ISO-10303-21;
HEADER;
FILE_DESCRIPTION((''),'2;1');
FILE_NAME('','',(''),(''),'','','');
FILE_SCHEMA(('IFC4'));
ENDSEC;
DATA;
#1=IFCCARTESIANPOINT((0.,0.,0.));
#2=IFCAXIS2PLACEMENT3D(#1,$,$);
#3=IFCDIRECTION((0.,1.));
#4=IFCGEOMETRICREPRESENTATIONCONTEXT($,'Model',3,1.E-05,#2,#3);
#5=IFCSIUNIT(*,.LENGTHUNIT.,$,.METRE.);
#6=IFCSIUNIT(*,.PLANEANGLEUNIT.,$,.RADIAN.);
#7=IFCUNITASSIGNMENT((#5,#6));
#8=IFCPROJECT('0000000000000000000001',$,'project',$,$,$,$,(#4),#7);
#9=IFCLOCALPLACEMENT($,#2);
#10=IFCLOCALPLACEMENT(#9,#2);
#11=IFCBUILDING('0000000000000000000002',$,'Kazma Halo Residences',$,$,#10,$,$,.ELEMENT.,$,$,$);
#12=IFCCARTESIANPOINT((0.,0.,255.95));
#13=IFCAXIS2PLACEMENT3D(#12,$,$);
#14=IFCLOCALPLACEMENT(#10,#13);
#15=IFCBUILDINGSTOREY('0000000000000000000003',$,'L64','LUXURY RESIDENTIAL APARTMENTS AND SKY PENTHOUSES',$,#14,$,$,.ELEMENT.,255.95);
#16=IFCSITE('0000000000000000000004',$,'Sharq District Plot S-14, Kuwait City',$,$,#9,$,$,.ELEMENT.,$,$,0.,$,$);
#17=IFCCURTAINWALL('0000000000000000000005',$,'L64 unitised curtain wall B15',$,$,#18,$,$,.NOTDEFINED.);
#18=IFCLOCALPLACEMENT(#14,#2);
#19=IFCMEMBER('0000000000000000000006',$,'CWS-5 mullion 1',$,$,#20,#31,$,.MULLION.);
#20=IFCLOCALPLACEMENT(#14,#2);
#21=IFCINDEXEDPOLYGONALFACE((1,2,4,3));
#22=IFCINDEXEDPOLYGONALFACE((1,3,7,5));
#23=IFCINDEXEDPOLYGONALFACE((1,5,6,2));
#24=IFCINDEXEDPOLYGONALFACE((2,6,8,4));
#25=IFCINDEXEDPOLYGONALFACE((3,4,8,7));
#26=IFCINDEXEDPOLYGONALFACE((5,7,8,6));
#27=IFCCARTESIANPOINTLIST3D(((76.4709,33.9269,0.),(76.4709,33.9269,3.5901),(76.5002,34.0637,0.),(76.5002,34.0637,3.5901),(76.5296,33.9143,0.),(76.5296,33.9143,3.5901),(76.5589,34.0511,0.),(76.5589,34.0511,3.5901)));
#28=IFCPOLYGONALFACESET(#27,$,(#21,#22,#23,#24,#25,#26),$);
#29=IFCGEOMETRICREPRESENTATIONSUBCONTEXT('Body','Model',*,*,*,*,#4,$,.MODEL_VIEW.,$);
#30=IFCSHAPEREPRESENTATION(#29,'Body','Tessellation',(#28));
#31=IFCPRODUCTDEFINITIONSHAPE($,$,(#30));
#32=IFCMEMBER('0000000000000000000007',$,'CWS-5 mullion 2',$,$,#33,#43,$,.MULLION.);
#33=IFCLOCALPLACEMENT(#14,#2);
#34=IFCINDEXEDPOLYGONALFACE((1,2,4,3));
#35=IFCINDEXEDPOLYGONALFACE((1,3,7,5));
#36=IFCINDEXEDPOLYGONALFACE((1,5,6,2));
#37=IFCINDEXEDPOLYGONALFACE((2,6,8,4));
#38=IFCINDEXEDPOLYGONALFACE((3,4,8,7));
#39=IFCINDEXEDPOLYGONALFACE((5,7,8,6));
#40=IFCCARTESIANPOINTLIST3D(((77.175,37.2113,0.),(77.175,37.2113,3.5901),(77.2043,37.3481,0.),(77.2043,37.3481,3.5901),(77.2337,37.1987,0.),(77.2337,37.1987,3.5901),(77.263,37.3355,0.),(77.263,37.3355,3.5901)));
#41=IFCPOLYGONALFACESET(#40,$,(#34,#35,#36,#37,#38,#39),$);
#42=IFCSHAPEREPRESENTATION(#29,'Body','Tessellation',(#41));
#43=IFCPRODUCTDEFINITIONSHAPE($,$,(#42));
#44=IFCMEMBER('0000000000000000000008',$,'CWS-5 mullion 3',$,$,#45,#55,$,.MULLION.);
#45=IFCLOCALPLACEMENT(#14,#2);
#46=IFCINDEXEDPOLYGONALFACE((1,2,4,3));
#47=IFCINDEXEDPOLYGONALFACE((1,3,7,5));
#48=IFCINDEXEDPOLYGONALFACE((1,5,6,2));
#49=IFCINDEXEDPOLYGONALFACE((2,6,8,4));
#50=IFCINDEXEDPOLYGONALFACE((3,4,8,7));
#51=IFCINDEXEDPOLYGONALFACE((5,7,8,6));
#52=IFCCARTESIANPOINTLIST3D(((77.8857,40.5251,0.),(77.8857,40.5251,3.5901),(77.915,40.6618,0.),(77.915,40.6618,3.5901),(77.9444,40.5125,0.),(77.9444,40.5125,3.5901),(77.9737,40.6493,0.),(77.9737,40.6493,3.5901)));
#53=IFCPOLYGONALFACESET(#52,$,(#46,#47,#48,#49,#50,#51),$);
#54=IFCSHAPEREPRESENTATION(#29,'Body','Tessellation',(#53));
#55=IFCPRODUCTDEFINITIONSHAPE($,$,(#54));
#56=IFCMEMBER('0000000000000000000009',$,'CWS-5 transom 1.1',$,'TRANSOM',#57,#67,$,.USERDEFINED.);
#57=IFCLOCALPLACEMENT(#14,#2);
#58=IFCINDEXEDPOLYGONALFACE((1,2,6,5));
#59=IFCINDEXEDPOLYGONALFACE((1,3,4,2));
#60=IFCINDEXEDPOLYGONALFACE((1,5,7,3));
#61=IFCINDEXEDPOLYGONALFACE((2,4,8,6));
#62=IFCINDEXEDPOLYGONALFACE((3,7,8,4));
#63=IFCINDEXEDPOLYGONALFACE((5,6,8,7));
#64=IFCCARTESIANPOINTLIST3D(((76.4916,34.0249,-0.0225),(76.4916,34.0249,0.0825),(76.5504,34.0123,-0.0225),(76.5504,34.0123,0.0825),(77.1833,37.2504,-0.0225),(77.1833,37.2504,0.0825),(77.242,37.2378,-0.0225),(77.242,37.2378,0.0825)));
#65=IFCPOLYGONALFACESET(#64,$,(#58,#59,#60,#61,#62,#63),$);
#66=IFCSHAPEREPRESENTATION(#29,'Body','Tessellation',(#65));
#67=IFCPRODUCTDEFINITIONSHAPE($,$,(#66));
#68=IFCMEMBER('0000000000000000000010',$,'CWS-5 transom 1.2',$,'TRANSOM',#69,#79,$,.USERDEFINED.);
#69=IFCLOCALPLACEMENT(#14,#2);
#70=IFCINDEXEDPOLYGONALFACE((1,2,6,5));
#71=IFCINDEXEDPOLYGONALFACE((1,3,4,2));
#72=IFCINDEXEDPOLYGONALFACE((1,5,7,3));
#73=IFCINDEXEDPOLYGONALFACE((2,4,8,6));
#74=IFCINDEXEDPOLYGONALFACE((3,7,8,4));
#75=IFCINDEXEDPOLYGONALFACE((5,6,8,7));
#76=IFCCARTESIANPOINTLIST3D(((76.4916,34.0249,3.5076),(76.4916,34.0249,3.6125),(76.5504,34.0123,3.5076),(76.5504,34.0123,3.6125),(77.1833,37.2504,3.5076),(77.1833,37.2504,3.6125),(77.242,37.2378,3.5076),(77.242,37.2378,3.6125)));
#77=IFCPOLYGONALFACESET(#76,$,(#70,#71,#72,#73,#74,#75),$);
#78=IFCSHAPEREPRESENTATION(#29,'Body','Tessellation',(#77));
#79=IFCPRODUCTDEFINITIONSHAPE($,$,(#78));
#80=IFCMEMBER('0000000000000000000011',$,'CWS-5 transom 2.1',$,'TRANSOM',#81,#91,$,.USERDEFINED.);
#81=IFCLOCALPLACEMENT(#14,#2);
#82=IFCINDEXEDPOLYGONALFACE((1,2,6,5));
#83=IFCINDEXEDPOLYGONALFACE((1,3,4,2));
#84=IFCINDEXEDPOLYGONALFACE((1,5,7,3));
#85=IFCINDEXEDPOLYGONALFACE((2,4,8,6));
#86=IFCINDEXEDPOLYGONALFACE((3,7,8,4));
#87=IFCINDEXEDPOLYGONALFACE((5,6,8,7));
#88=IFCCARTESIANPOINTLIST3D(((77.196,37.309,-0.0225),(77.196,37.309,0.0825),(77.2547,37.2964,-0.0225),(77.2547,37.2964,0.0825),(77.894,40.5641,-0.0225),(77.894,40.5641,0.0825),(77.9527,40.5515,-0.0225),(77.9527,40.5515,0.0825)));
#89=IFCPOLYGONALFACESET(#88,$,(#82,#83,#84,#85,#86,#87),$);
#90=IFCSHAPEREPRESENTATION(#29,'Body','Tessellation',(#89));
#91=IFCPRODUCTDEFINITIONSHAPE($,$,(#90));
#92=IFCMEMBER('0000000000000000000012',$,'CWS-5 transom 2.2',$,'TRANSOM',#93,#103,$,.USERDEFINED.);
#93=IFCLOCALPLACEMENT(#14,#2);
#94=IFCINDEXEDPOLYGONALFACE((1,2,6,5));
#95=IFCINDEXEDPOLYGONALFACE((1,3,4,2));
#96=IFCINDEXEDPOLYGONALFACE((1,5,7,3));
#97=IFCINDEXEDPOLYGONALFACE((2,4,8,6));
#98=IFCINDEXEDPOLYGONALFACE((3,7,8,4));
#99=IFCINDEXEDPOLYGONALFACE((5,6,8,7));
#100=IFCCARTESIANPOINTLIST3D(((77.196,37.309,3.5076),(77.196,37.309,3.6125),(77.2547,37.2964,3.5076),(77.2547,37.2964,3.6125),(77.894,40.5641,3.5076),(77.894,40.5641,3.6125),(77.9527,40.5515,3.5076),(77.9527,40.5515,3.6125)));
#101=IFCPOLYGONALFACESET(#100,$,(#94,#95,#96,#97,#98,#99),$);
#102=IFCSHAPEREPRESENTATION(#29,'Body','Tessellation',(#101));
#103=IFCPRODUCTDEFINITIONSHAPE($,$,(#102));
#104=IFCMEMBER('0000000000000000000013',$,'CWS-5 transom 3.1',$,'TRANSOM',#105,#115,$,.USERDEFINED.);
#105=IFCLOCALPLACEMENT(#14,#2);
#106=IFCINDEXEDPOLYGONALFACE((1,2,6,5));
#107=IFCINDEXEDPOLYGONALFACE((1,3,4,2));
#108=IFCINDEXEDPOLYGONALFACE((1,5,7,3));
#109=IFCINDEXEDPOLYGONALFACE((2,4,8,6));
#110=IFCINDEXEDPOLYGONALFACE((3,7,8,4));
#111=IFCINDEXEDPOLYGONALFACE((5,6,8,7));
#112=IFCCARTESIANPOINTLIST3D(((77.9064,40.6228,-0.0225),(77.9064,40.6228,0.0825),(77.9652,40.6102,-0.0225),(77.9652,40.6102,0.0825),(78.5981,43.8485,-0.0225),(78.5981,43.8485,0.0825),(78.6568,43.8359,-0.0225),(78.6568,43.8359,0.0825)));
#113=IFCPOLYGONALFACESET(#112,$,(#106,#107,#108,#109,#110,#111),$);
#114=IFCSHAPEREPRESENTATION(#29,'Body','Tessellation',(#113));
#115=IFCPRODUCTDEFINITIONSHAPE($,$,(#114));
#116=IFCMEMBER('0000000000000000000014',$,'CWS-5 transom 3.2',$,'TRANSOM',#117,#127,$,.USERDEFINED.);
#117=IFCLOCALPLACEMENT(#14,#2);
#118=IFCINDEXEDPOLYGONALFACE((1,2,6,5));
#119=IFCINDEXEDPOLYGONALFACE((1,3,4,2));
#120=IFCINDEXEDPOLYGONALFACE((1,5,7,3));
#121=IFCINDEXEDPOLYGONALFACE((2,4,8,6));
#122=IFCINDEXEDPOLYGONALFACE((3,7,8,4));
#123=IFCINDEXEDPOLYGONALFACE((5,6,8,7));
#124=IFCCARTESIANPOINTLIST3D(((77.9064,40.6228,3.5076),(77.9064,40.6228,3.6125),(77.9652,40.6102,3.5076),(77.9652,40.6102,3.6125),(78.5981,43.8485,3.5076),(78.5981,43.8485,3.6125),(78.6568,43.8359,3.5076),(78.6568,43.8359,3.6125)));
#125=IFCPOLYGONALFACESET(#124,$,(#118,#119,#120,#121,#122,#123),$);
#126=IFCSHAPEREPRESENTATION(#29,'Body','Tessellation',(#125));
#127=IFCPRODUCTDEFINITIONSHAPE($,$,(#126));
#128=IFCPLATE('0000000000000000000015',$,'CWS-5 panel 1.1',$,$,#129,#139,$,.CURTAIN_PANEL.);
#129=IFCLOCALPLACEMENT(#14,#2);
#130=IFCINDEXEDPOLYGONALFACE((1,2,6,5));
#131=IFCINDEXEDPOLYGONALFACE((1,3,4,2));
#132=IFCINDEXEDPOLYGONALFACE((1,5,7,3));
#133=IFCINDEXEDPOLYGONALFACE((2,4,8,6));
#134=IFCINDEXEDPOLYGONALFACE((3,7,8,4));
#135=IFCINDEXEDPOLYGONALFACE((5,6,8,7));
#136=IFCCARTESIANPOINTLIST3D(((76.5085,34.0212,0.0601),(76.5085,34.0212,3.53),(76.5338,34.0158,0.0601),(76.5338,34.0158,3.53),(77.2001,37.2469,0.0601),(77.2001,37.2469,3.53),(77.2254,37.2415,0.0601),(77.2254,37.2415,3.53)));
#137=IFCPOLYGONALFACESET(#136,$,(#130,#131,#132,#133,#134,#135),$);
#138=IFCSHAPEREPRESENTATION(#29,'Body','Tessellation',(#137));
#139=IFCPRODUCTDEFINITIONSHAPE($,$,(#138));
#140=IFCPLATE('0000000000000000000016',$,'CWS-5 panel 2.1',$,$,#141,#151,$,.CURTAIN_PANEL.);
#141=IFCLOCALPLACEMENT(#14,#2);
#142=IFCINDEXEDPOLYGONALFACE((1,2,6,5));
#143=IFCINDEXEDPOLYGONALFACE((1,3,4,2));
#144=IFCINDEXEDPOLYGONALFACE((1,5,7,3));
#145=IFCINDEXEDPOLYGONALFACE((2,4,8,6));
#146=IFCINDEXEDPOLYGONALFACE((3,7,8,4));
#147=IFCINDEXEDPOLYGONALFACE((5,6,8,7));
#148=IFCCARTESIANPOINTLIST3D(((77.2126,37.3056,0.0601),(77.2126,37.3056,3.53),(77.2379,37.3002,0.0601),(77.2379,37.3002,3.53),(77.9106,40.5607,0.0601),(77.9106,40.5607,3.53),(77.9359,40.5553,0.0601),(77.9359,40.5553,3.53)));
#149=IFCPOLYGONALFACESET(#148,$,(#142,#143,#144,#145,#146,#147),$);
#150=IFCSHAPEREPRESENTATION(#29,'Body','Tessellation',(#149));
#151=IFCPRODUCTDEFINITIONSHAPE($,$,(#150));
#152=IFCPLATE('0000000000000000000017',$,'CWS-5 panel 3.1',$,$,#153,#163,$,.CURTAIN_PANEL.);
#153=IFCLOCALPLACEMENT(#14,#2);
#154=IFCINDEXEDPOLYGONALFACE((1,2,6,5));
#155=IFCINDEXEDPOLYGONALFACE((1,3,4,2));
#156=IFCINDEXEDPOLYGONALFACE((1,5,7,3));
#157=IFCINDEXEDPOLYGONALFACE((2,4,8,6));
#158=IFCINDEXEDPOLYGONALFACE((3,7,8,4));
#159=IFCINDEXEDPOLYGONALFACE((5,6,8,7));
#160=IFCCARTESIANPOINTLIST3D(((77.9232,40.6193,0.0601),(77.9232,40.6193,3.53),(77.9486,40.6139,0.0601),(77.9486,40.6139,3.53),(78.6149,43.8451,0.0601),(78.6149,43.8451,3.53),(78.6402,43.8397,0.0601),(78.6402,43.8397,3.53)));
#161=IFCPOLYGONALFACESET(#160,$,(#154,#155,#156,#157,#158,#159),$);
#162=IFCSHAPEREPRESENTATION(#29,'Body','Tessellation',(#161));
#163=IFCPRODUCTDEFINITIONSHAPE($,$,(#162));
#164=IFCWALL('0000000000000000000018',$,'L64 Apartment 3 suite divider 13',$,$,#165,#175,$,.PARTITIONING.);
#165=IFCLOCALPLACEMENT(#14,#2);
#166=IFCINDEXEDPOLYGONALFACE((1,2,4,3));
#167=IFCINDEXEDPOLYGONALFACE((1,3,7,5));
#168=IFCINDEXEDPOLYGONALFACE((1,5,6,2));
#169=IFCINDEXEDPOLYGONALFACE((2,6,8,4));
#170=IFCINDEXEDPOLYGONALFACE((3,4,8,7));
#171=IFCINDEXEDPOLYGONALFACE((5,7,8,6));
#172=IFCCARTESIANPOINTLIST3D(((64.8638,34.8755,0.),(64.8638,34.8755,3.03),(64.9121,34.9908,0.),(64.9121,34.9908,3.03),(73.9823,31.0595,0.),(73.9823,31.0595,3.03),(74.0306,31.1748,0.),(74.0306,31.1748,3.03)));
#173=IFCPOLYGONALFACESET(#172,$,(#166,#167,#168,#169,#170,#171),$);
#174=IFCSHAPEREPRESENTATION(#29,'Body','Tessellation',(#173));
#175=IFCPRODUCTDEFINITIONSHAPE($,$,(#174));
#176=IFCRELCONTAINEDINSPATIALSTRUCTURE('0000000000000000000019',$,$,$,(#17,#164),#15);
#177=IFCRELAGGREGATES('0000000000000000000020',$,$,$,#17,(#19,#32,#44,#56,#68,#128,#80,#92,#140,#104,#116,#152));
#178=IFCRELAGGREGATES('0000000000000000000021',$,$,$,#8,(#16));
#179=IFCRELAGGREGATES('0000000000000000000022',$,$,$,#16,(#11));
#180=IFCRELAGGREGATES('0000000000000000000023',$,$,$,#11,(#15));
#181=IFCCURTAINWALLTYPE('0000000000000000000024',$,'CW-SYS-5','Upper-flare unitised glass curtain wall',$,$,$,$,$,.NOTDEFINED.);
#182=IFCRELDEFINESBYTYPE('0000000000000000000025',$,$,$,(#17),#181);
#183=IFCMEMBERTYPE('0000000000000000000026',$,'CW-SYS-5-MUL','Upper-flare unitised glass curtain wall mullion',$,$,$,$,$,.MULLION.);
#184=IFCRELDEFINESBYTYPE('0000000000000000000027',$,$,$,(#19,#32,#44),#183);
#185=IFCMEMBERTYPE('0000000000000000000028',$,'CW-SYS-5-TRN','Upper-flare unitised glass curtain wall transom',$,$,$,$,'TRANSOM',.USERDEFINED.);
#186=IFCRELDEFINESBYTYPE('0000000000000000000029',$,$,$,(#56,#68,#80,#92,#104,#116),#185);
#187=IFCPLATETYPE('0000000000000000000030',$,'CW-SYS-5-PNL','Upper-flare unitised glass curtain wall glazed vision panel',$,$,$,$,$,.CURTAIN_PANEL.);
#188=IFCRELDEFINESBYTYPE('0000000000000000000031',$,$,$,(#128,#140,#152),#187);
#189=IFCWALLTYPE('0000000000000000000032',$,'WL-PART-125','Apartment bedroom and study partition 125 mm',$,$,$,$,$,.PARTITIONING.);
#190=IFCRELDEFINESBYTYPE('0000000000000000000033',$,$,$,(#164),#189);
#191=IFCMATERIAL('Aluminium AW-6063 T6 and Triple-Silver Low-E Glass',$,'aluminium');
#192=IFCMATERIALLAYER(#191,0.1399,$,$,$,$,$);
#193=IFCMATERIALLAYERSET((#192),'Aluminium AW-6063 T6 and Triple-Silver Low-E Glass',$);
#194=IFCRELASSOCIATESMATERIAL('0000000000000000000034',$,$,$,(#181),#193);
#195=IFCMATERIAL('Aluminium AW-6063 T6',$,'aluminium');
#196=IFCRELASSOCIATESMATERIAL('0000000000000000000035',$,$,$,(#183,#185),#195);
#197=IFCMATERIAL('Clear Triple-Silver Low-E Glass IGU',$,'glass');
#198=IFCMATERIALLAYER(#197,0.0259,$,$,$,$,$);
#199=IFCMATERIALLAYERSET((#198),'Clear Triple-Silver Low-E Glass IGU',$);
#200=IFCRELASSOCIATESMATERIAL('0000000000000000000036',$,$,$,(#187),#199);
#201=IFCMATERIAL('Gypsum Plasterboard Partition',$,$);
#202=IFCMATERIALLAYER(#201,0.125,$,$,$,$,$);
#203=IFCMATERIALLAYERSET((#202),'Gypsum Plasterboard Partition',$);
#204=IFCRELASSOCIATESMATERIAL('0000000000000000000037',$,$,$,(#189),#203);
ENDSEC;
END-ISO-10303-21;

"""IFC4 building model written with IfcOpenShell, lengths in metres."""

from ifc_helpers import new_model, si_unit, direction, frame, frame_2d, origin, origin_2d, place, context, subcontext, project, spatial, rectangle, extrude, material, layer, layer_set, material_profile, profile_set, type_object, element, aggregate, save


model = new_model("IFC4")

# Units and contexts
model_context = context("Model", 3, precision=1e-05, world=origin(), true_north=direction((0.0, 1.0)))
body_context = subcontext(model_context, "Body", "Model", "MODEL_VIEW")
ifc_project = project(units=[si_unit("LENGTHUNIT", "METRE"), si_unit("PLANEANGLEUNIT", "RADIAN")], contexts=[model_context])

# Site, building, storey
site_placement = place(None, origin())
site = spatial("IfcSite", under=ifc_project, at=site_placement, Name="Sharq District Plot S-14, Kuwait City", CompositionType="ELEMENT", RefElevation=0.0)
building_placement = place(site_placement, origin())
building = spatial("IfcBuilding", under=site, at=building_placement, Name="Kazma Halo Residences", CompositionType="ELEMENT")
storey_placement = place(building_placement, frame((0.0, 0.0, 255.95)))
storey = spatial("IfcBuildingStorey", under=building, at=storey_placement, Name="L64", Description="LUXURY RESIDENTIAL APARTMENTS AND SKY PENTHOUSES", CompositionType="ELEMENT", Elevation=255.95)

# Curtain wall, members, plates
ifc_material_1 = material(Name="Aluminium AW-6063 T6 and Triple-Silver Low-E Glass", Category="aluminium")
ifc_layer_1 = layer(ifc_material_1, 0.1399)
ifc_layer_set_1 = layer_set([ifc_layer_1], Name="Aluminium AW-6063 T6 and Triple-Silver Low-E Glass")
curtain_wall_type = type_object("IfcCurtainWallType", Name="CW-SYS-5", Description="Upper-flare unitised glass curtain wall", PredefinedType="NOTDEFINED", material=ifc_layer_set_1)
curtain_wall_placement = place(storey_placement, origin())
curtain_wall = element("IfcCurtainWall", 1, at=curtain_wall_placement, inside=storey, type_object=curtain_wall_type, Name="L64 unitised curtain wall B15", PredefinedType="NOTDEFINED")
ifc_material_2 = material(Name="Aluminium AW-6063 T6", Category="aluminium")
ifc_material_profile_1 = material_profile(ifc_material_2, rectangle(XDim=0.0601, YDim=0.1399, at=origin_2d()), Name="CWM-60x140")
ifc_profile_set_1 = profile_set([ifc_material_profile_1], Name="Aluminium AW-6063 T6")
member_type_1 = type_object("IfcMemberType", Name="CW-SYS-5-MUL", Description="Upper-flare unitised glass curtain wall mullion", PredefinedType="MULLION", material=ifc_profile_set_1)
member_1_placement = place(storey_placement, frame((76.5149, 33.989, 0.0), z_axis=(0.0, 0.0, 1.0), x_axis=(-0.977775, 0.209657, 0.0)))
member_1 = element("IfcMember", 2, at=member_1_placement, type_object=member_type_1, Name="CWS-5 mullion 1", PredefinedType="MULLION", context=body_context, shape_type="SweptSolid", body=[
    extrude(rectangle(XDim=0.0601, YDim=0.1399, at=origin_2d()), origin(), (0.0, 0.0, 1.0), 3.5901),
])
member_2_placement = place(storey_placement, frame((77.219, 37.2734, 0.0), z_axis=(0.0, 0.0, 1.0), x_axis=(-0.977775, 0.209657, 0.0)))
member_2 = element("IfcMember", 3, at=member_2_placement, type_object=member_type_1, Name="CWS-5 mullion 2", PredefinedType="MULLION", context=body_context, shape_type="SweptSolid", body=[
    extrude(rectangle(XDim=0.0601, YDim=0.1399, at=origin_2d()), origin(), (0.0, 0.0, 1.0), 3.5901),
])
member_3_placement = place(storey_placement, frame((77.9297, 40.5872, 0.0), z_axis=(0.0, 0.0, 1.0), x_axis=(-0.977775, 0.209657, 0.0)))
member_3 = element("IfcMember", 4, at=member_3_placement, type_object=member_type_1, Name="CWS-5 mullion 3", PredefinedType="MULLION", context=body_context, shape_type="SweptSolid", body=[
    extrude(rectangle(XDim=0.0601, YDim=0.1399, at=origin_2d()), origin(), (0.0, 0.0, 1.0), 3.5901),
])
ifc_material_profile_2 = material_profile(ifc_material_2, rectangle(XDim=0.0601, YDim=0.105, at=origin_2d()), Name="CWT-60x105")
ifc_profile_set_2 = profile_set([ifc_material_profile_2], Name="Aluminium AW-6063 T6")
member_type_2 = type_object("IfcMemberType", Name="CW-SYS-5-TRN", Description="Upper-flare unitised glass curtain wall transom", ElementType="TRANSOM", PredefinedType="USERDEFINED", material=ifc_profile_set_2)
member_4_placement = place(storey_placement, frame((76.521, 34.0186, 0.03), z_axis=(0.20966, 0.977774, 0.0), x_axis=(-0.977774, 0.20966, 0.0)))
member_4 = element("IfcMember", 5, at=member_4_placement, type_object=member_type_2, Name="CWS-5 transom 1.1", ObjectType="TRANSOM", PredefinedType="USERDEFINED", context=body_context, shape_type="SweptSolid", body=[
    extrude(rectangle(XDim=0.0601, YDim=0.105, at=origin_2d()), origin(), (0.0, 0.0, 1.0), 3.2988),
])
member_5_placement = place(storey_placement, frame((76.521, 34.0186, 3.5601), z_axis=(0.20966, 0.977774, 0.0), x_axis=(-0.977774, 0.20966, 0.0)))
member_5 = element("IfcMember", 6, at=member_5_placement, type_object=member_type_2, Name="CWS-5 transom 1.2", ObjectType="TRANSOM", PredefinedType="USERDEFINED", context=body_context, shape_type="SweptSolid", body=[
    extrude(rectangle(XDim=0.0601, YDim=0.105, at=origin_2d()), origin(), (0.0, 0.0, 1.0), 3.2988),
])
member_6_placement = place(storey_placement, frame((77.2253, 37.3027, 0.03), z_axis=(0.209664, 0.977773, 0.0), x_axis=(-0.977773, 0.209664, 0.0)))
member_6 = element("IfcMember", 7, at=member_6_placement, type_object=member_type_2, Name="CWS-5 transom 2.1", ObjectType="TRANSOM", PredefinedType="USERDEFINED", context=body_context, shape_type="SweptSolid", body=[
    extrude(rectangle(XDim=0.0601, YDim=0.105, at=origin_2d()), origin(), (0.0, 0.0, 1.0), 3.3291),
])
member_7_placement = place(storey_placement, frame((77.2253, 37.3027, 3.5601), z_axis=(0.209664, 0.977773, 0.0), x_axis=(-0.977773, 0.209664, 0.0)))
member_7 = element("IfcMember", 8, at=member_7_placement, type_object=member_type_2, Name="CWS-5 transom 2.2", ObjectType="TRANSOM", PredefinedType="USERDEFINED", context=body_context, shape_type="SweptSolid", body=[
    extrude(rectangle(XDim=0.0601, YDim=0.105, at=origin_2d()), origin(), (0.0, 0.0, 1.0), 3.3291),
])
member_8_placement = place(storey_placement, frame((77.9358, 40.6165, 0.03), z_axis=(0.209645, 0.977777, 0.0), x_axis=(-0.977777, 0.209645, 0.0)))
member_8 = element("IfcMember", 9, at=member_8_placement, type_object=member_type_2, Name="CWS-5 transom 3.1", ObjectType="TRANSOM", PredefinedType="USERDEFINED", context=body_context, shape_type="SweptSolid", body=[
    extrude(rectangle(XDim=0.0601, YDim=0.105, at=origin_2d()), origin(), (0.0, 0.0, 1.0), 3.2991),
])
member_9_placement = place(storey_placement, frame((77.9358, 40.6165, 3.5601), z_axis=(0.209645, 0.977777, 0.0), x_axis=(-0.977777, 0.209645, 0.0)))
member_9 = element("IfcMember", 10, at=member_9_placement, type_object=member_type_2, Name="CWS-5 transom 3.2", ObjectType="TRANSOM", PredefinedType="USERDEFINED", context=body_context, shape_type="SweptSolid", body=[
    extrude(rectangle(XDim=0.0601, YDim=0.105, at=origin_2d()), origin(), (0.0, 0.0, 1.0), 3.2991),
])
ifc_material_3 = material(Name="Clear Triple-Silver Low-E Glass IGU", Category="glass")
ifc_layer_2 = layer(ifc_material_3, 0.0259)
ifc_layer_set_2 = layer_set([ifc_layer_2], Name="Clear Triple-Silver Low-E Glass IGU")
plate_type = type_object("IfcPlateType", Name="CW-SYS-5-PNL", Description="Upper-flare unitised glass curtain wall glazed vision panel", PredefinedType="CURTAIN_PANEL", material=ifc_layer_set_2)
plate_1_placement = place(storey_placement, frame((76.8669, 35.6313, 0.0601), z_axis=(0.0, 0.0, 1.0), x_axis=(0.209657, 0.977775, 0.0)))
plate_1 = element("IfcPlate", 11, at=plate_1_placement, type_object=plate_type, Name="CWS-5 panel 1.1", PredefinedType="CURTAIN_PANEL", context=body_context, shape_type="SweptSolid", body=[
    extrude(rectangle(XDim=3.2991, YDim=0.0259, at=origin_2d()), origin(), (0.0, 0.0, 1.0), 3.47),
])
plate_2_placement = place(storey_placement, frame((77.5742, 38.9304, 0.0601), z_axis=(0.0, 0.0, 1.0), x_axis=(0.209657, 0.977775, 0.0)))
plate_2 = element("IfcPlate", 12, at=plate_2_placement, type_object=plate_type, Name="CWS-5 panel 2.1", PredefinedType="CURTAIN_PANEL", context=body_context, shape_type="SweptSolid", body=[
    extrude(rectangle(XDim=3.3291, YDim=0.0259, at=origin_2d()), origin(), (0.0, 0.0, 1.0), 3.47),
])
plate_3_placement = place(storey_placement, frame((78.2817, 42.2295, 0.0601), z_axis=(0.0, 0.0, 1.0), x_axis=(0.209657, 0.977775, 0.0)))
plate_3 = element("IfcPlate", 13, at=plate_3_placement, type_object=plate_type, Name="CWS-5 panel 3.1", PredefinedType="CURTAIN_PANEL", context=body_context, shape_type="SweptSolid", body=[
    extrude(rectangle(XDim=3.2991, YDim=0.0259, at=origin_2d()), origin(), (0.0, 0.0, 1.0), 3.47),
])
aggregate(curtain_wall, [member_1, member_2, member_3, member_4, member_5, plate_1, member_6, member_7, plate_2, member_8, member_9, plate_3])

# Wall
ifc_material_4 = material(Name="Gypsum Plasterboard Partition")
ifc_layer_3 = layer(ifc_material_4, 0.125)
ifc_layer_set_3 = layer_set([ifc_layer_3], Name="Gypsum Plasterboard Partition")
wall_type_1 = type_object("IfcWallType", Name="WL-PART-125", Description="Apartment bedroom and study partition 125 mm", PredefinedType="PARTITIONING", material=ifc_layer_set_3)
wall_1_placement = place(storey_placement, frame((64.8879, 34.9331, 0.0), z_axis=(0.0, 0.0, 1.0), x_axis=(0.92248, -0.386044, 0.0)))
element("IfcWall", 14, at=wall_1_placement, inside=storey, type_object=wall_type_1, Name="L64 Apartment 3 suite divider 13", PredefinedType="PARTITIONING", context=body_context, shape_type="SweptSolid", body=[
    extrude(rectangle(XDim=9.8848, YDim=0.125, at=frame_2d((4.9424, 0.0))), origin(), (0.0, 0.0, 1.0), 3.03),
])

save(model, "model.ifc")
